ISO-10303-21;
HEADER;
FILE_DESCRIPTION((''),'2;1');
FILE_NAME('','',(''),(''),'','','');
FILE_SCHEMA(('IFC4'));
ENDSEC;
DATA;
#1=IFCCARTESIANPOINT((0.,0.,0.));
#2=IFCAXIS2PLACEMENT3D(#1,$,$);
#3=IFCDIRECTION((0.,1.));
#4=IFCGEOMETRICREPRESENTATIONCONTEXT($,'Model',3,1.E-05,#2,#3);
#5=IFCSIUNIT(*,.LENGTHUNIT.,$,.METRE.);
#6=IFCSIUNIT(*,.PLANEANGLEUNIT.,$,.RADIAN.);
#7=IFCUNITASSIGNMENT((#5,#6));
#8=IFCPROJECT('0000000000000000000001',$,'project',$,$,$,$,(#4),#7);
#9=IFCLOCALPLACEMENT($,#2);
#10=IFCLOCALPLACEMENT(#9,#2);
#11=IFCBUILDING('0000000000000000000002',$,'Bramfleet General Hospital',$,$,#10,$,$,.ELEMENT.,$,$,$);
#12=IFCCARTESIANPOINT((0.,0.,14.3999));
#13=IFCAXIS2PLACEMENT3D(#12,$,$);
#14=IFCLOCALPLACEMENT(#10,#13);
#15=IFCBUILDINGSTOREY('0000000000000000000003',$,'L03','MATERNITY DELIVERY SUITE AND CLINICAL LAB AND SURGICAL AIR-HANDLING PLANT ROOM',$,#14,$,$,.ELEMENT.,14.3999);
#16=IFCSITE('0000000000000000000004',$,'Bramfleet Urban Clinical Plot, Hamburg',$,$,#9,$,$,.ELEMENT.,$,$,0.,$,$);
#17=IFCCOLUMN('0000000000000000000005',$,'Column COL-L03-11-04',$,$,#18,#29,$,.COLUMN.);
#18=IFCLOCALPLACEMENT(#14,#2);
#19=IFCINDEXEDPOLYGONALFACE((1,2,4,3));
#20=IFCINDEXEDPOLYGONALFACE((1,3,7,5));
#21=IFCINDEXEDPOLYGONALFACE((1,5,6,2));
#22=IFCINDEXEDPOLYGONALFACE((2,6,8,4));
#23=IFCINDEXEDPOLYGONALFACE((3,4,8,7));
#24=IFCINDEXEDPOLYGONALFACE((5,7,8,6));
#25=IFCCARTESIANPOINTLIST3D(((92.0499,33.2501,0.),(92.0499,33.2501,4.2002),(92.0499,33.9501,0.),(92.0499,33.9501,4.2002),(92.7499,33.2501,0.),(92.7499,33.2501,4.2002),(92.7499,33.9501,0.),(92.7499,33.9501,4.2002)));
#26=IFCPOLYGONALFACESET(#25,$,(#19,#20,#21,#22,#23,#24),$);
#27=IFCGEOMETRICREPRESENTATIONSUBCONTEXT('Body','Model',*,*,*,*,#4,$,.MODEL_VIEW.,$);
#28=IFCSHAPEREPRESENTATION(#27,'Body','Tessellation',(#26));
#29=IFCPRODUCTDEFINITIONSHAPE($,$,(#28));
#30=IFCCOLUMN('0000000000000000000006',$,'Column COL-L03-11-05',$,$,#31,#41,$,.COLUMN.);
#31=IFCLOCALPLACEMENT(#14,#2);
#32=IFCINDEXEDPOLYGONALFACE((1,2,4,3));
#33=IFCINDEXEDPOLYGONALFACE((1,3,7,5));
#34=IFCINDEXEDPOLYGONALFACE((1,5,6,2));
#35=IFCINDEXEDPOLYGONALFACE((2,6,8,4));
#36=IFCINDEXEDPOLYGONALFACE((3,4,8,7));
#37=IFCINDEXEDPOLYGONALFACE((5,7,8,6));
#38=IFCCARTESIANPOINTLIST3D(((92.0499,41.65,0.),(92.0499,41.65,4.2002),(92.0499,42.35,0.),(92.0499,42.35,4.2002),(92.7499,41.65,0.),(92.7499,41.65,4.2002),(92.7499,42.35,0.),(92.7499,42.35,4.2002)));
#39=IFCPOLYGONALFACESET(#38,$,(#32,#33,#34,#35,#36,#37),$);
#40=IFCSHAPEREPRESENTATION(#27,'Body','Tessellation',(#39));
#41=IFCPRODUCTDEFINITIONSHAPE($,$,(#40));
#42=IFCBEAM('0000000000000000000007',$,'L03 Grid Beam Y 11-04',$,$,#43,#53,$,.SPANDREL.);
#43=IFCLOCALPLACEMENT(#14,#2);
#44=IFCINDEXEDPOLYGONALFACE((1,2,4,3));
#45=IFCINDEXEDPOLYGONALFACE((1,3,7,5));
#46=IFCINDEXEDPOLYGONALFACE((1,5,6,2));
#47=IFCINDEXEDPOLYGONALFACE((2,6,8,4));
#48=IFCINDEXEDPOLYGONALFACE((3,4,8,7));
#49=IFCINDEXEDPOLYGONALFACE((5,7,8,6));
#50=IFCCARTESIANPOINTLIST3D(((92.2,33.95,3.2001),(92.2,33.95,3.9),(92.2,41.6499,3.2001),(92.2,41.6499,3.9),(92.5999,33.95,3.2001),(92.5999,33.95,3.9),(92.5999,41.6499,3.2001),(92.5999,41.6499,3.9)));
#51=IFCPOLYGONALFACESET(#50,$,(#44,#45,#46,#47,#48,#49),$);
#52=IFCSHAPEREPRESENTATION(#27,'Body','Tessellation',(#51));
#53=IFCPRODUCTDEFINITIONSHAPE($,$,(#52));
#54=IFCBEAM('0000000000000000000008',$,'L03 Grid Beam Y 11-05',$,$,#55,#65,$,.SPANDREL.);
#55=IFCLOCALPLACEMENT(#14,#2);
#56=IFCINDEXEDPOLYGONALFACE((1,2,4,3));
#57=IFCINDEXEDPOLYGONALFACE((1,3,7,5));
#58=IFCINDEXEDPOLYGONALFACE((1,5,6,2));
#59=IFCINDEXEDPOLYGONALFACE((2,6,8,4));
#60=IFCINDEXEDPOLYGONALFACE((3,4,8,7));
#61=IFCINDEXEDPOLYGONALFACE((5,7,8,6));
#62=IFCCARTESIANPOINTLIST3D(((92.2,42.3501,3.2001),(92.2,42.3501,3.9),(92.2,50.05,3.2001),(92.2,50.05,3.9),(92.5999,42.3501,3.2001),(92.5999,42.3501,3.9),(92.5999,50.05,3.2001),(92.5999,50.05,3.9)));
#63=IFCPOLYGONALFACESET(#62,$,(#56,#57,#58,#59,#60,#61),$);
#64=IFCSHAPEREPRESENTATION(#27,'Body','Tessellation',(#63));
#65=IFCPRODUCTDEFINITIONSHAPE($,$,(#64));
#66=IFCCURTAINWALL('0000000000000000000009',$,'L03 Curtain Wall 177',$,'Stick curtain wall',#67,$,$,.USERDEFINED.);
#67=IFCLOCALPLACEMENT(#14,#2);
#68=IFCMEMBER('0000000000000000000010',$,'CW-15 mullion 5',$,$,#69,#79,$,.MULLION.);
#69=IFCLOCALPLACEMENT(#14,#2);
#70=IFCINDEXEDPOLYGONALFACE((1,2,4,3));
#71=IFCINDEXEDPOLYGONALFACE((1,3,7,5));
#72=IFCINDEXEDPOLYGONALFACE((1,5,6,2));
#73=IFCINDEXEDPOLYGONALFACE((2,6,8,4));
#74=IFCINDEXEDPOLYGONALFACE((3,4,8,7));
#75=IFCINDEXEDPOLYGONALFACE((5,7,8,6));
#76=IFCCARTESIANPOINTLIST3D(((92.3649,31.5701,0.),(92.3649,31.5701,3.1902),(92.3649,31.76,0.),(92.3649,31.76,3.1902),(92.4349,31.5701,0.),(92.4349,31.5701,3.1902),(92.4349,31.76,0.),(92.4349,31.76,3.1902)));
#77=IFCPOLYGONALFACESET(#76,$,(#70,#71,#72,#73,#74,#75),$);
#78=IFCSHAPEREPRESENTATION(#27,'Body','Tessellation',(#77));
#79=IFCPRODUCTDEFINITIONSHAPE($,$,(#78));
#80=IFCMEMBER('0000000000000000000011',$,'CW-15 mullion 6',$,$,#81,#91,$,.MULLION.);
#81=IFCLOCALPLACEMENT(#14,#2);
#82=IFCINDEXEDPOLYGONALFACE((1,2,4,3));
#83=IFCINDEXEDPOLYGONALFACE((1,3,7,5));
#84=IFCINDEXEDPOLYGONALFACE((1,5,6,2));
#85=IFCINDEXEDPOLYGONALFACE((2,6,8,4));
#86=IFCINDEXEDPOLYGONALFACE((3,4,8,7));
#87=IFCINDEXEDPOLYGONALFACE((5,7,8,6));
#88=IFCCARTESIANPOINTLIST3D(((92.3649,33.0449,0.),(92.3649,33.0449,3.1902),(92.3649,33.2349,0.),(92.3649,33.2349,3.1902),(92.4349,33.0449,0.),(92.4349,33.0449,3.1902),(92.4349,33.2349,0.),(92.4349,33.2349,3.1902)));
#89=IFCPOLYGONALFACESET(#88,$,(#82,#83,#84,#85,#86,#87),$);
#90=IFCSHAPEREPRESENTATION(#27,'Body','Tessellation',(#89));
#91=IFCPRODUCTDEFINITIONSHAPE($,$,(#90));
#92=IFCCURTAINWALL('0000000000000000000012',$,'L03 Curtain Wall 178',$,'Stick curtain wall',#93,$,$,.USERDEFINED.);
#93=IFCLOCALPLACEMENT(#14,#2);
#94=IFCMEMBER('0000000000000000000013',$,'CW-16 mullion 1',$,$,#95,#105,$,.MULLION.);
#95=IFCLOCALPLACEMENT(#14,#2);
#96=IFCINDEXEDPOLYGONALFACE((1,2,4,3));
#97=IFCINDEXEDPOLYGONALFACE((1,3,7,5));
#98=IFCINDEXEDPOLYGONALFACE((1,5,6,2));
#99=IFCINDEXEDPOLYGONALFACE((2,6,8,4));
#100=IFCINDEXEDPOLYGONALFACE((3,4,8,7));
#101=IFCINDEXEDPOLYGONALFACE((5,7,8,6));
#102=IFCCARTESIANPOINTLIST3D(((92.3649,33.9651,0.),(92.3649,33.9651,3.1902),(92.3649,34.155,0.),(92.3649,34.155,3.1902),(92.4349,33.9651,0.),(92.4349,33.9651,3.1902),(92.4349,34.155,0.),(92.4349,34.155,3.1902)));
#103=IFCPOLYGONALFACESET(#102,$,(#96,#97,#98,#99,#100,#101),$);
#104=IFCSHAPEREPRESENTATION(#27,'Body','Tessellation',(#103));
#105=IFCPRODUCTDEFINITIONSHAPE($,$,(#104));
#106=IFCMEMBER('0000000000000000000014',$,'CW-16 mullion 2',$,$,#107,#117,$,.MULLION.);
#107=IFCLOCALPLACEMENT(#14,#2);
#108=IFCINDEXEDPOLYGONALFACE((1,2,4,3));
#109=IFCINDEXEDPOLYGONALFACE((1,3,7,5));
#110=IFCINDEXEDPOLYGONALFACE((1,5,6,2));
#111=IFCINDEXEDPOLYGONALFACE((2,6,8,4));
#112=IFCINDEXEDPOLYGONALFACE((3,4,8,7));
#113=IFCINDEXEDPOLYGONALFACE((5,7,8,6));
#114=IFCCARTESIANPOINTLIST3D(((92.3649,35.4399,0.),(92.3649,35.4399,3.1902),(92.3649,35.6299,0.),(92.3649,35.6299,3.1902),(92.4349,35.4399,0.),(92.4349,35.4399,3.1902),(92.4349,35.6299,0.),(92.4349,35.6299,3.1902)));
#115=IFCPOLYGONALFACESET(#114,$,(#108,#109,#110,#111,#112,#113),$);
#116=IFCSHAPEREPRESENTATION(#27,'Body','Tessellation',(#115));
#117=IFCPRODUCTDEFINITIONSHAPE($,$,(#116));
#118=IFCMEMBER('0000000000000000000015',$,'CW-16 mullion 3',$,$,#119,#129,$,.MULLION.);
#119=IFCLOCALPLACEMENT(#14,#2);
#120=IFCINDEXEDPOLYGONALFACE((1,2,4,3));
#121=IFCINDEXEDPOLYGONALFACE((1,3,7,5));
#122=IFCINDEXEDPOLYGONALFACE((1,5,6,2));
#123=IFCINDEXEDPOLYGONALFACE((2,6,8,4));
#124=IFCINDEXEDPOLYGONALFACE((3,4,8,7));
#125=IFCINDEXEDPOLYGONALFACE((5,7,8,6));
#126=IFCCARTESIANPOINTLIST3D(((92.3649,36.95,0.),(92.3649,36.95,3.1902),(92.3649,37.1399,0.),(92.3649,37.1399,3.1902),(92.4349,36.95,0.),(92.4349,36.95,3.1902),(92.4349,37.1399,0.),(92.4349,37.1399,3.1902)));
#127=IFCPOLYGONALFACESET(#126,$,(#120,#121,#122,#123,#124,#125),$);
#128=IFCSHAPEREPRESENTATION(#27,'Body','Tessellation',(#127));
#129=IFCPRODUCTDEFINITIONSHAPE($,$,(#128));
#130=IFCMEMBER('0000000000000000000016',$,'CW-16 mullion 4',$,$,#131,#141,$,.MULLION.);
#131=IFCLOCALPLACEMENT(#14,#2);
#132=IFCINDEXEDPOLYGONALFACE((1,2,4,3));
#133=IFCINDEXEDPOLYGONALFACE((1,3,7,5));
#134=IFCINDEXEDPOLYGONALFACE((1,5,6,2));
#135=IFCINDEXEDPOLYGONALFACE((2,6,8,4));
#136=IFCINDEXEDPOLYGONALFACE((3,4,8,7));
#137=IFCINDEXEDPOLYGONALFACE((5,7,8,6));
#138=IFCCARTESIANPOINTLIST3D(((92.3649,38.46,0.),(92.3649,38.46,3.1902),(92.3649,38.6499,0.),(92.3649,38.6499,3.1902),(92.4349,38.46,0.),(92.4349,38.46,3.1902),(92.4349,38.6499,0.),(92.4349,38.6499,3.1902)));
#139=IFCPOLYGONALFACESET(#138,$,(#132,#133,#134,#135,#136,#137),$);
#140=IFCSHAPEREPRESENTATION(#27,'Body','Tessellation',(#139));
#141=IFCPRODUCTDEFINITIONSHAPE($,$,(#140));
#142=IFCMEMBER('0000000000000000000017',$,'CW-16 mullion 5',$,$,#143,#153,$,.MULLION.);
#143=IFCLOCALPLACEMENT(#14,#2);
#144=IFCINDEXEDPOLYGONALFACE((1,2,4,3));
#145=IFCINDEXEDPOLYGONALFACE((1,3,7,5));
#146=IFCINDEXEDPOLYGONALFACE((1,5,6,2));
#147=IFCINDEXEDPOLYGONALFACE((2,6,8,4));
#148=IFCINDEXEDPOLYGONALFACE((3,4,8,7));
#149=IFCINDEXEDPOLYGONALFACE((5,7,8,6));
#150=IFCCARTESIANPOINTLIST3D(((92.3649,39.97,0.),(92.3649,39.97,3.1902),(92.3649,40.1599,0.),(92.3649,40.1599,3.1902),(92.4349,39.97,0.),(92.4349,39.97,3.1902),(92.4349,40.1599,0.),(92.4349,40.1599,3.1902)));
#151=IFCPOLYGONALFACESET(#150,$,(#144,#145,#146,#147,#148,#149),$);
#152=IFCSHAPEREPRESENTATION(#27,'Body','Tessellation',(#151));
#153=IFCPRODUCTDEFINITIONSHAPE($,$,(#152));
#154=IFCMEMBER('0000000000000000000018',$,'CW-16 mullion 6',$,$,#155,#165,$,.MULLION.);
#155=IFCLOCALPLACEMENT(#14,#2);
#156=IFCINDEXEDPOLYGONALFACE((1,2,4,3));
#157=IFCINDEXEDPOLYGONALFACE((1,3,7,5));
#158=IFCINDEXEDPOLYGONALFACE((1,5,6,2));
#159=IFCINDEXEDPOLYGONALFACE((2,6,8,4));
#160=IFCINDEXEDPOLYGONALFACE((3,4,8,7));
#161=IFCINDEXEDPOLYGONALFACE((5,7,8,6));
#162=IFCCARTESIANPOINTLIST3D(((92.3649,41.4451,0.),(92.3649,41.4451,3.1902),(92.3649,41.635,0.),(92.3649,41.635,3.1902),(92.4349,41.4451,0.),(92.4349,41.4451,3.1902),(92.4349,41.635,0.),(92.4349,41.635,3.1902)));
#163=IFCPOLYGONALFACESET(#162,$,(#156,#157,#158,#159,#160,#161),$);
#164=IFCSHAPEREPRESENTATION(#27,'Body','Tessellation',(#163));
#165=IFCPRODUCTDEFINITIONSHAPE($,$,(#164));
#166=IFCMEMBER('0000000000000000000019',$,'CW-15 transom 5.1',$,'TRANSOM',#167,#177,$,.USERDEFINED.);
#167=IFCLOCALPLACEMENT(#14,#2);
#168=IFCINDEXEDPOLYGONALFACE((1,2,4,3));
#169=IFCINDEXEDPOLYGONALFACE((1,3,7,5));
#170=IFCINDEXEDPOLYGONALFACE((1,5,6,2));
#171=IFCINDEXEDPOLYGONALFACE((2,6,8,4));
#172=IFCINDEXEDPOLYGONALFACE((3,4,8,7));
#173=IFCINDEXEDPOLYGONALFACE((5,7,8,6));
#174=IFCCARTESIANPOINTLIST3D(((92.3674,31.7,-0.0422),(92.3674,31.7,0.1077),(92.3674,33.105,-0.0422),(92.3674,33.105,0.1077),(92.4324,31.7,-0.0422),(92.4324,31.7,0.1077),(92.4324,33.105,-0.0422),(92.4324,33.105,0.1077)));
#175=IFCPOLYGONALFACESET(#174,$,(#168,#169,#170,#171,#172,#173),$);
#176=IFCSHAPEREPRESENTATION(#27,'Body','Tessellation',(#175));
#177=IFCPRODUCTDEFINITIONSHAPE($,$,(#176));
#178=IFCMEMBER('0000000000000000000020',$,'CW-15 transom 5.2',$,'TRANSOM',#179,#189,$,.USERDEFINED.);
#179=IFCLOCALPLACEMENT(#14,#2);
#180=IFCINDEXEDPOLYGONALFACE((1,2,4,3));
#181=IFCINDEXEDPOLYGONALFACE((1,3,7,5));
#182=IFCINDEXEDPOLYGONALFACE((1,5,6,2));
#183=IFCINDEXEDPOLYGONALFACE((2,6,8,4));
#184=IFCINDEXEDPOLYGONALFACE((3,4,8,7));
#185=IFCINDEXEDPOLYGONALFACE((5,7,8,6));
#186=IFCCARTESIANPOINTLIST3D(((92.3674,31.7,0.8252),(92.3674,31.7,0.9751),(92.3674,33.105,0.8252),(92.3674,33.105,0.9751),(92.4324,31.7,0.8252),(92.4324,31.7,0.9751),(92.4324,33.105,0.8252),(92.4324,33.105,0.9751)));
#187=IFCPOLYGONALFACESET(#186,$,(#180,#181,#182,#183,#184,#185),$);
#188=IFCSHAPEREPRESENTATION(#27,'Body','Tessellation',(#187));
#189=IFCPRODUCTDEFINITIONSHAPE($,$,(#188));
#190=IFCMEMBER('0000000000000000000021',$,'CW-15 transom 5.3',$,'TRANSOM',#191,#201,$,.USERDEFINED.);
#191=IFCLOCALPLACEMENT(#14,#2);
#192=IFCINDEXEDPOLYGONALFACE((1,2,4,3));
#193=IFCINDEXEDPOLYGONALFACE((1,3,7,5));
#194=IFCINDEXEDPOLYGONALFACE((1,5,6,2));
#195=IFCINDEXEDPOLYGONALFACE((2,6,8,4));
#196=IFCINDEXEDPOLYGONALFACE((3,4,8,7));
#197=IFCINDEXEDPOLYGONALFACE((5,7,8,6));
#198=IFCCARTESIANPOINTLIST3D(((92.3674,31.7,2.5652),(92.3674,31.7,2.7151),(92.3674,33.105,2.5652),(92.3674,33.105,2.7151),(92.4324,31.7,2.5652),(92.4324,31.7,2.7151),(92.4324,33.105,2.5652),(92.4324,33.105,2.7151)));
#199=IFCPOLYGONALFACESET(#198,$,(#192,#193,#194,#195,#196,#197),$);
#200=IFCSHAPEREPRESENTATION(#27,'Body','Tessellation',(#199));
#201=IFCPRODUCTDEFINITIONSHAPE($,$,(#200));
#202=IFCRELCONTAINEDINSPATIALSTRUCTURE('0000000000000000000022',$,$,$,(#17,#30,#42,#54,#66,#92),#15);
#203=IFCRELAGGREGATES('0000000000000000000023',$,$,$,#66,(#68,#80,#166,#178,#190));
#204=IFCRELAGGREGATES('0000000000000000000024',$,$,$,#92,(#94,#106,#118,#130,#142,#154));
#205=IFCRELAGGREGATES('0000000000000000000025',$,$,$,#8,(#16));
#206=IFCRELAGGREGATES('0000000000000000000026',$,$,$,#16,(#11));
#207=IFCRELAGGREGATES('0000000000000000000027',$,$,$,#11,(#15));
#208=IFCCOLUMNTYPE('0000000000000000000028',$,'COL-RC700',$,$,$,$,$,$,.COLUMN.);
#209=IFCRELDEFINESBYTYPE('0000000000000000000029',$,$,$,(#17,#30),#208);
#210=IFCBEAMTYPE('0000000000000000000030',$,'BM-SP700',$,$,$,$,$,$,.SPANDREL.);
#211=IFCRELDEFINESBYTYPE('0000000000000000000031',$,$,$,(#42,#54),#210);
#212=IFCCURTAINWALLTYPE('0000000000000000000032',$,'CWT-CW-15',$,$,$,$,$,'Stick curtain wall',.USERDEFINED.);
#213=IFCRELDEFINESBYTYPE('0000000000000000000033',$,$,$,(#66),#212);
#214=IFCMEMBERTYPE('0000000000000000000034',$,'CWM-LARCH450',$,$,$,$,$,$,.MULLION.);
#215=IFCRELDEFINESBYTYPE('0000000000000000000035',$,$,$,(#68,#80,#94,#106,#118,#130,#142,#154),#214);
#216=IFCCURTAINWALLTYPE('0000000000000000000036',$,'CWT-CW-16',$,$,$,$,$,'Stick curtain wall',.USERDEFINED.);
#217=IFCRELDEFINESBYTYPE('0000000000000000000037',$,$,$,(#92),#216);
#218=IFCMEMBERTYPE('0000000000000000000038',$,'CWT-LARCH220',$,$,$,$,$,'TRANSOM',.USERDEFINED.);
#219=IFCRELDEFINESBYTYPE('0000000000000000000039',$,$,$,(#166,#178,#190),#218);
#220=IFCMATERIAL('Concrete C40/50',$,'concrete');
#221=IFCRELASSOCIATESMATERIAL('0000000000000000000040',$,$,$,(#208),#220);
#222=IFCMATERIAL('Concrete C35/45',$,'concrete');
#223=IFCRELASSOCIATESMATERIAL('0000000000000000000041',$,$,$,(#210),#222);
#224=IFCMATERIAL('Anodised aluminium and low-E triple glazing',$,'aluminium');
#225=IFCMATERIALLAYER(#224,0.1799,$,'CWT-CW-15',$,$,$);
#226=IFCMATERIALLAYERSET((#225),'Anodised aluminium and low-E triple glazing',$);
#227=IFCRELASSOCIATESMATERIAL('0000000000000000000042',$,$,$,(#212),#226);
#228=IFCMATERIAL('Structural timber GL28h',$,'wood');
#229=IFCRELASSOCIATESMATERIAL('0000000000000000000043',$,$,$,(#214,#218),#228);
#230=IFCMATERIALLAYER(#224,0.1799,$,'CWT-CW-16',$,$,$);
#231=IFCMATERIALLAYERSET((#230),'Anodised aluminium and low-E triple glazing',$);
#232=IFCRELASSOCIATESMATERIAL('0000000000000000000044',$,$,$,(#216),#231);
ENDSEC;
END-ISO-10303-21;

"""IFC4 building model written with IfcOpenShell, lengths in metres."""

from ifc_helpers import new_model, si_unit, direction, frame, origin, origin_2d, place, context, subcontext, project, spatial, rectangle, extrude, material, layer, layer_set, material_profile, profile_set, type_object, element, aggregate, save


model = new_model("IFC4")

# Units and contexts
model_context = context("Model", 3, precision=1e-05, world=origin(), true_north=direction((0.0, 1.0)))
body_context = subcontext(model_context, "Body", "Model", "MODEL_VIEW")
ifc_project = project(units=[si_unit("LENGTHUNIT", "METRE"), si_unit("PLANEANGLEUNIT", "RADIAN")], contexts=[model_context])

# Site, building, storey
site_placement = place(None, origin())
site = spatial("IfcSite", under=ifc_project, at=site_placement, Name="Bramfleet Urban Clinical Plot, Hamburg", CompositionType="ELEMENT", RefElevation=0.0)
building_placement = place(site_placement, origin())
building = spatial("IfcBuilding", under=site, at=building_placement, Name="Bramfleet General Hospital", CompositionType="ELEMENT")
storey_placement = place(building_placement, frame((0.0, 0.0, 14.3999)))
storey = spatial("IfcBuildingStorey", under=building, at=storey_placement, Name="L03", Description="MATERNITY DELIVERY SUITE AND CLINICAL LAB AND SURGICAL AIR-HANDLING PLANT ROOM", CompositionType="ELEMENT", Elevation=14.3999)

# Columns
ifc_material_1 = material(Name="Concrete C40/50", Category="concrete")
ifc_material_profile_1 = material_profile(ifc_material_1, rectangle(XDim=0.7, YDim=0.7, at=origin_2d()), Name="RC COL 700x700")
ifc_profile_set_1 = profile_set([ifc_material_profile_1], Name="Concrete C40/50")
column_type = type_object("IfcColumnType", Name="COL-RC700", PredefinedType="COLUMN", material=ifc_profile_set_1)
for number, where, z_axis, x_axis, name in (
    (1, (92.3999, 33.6001, 0.0), (0.0, 0.0, 1.0), (1.0, 0.0, 0.0), "Column COL-L03-11-04"),
    (2, (92.3999, 42.0, 0.0), (0.0, 0.0, 1.0), (1.0, 0.0, 0.0), "Column COL-L03-11-05"),
):
    element("IfcColumn", number, at=place(storey_placement, frame(where, z_axis=z_axis, x_axis=x_axis)), inside=storey, type_object=column_type, Name=name, PredefinedType="COLUMN", context=body_context, shape_type="SweptSolid", body=[
        extrude(rectangle(XDim=0.7, YDim=0.7, at=origin_2d()), origin(), (0.0, 0.0, 1.0), 4.2002),
    ])

# Beams
ifc_material_2 = material(Name="Concrete C35/45", Category="concrete")
ifc_material_profile_2 = material_profile(ifc_material_2, rectangle(XDim=0.3999, YDim=0.7, at=origin_2d()), Name="RC SP 700x400")
ifc_profile_set_2 = profile_set([ifc_material_profile_2], Name="Concrete C35/45")
beam_type = type_object("IfcBeamType", Name="BM-SP700", PredefinedType="SPANDREL", material=ifc_profile_set_2)
for number, where, z_axis, x_axis, name in (
    (3, (92.3999, 33.95, 3.55), (0.0, 1.0, 0.0), (-1.0, 0.0, 0.0), "L03 Grid Beam Y 11-04"),
    (4, (92.3999, 42.3501, 3.55), (0.0, 1.0, 0.0), (-1.0, 0.0, 0.0), "L03 Grid Beam Y 11-05"),
):
    element("IfcBeam", number, at=place(storey_placement, frame(where, z_axis=z_axis, x_axis=x_axis)), inside=storey, type_object=beam_type, Name=name, PredefinedType="SPANDREL", context=body_context, shape_type="SweptSolid", body=[
        extrude(rectangle(XDim=0.3999, YDim=0.7, at=origin_2d()), origin(), (0.0, 0.0, 1.0), 7.7),
    ])

# Curtain walls, members
ifc_material_3 = material(Name="Anodised aluminium and low-E triple glazing", Category="aluminium")
ifc_layer_1 = layer(ifc_material_3, 0.1799, Name="CWT-CW-15")
ifc_layer_set_1 = layer_set([ifc_layer_1], Name="Anodised aluminium and low-E triple glazing")
curtain_wall_type_1 = type_object("IfcCurtainWallType", Name="CWT-CW-15", ElementType="Stick curtain wall", PredefinedType="USERDEFINED", material=ifc_layer_set_1)
curtain_wall_1_placement = place(storey_placement, origin())
curtain_wall_1 = element("IfcCurtainWall", 5, at=curtain_wall_1_placement, inside=storey, type_object=curtain_wall_type_1, Name="L03 Curtain Wall 177", ObjectType="Stick curtain wall", PredefinedType="USERDEFINED")
ifc_material_4 = material(Name="Structural timber GL28h", Category="wood")
ifc_material_profile_3 = material_profile(ifc_material_4, rectangle(XDim=0.0701, YDim=0.1899, at=origin_2d()), Name="LARCH 190x70")
ifc_profile_set_3 = profile_set([ifc_material_profile_3], Name="Structural timber GL28h")
member_type_1 = type_object("IfcMemberType", Name="CWM-LARCH450", PredefinedType="MULLION", material=ifc_profile_set_3)
member_1_placement = place(storey_placement, frame((92.3999, 31.665, 0.0), z_axis=(0.0, 0.0, 1.0), x_axis=(-1.0, 0.0, 0.0)))
member_1 = element("IfcMember", 6, at=member_1_placement, type_object=member_type_1, Name="CW-15 mullion 5", PredefinedType="MULLION", context=body_context, shape_type="SweptSolid", body=[
    extrude(rectangle(XDim=0.0701, YDim=0.1899, at=origin_2d()), origin(), (0.0, 0.0, 1.0), 3.1902),
])
member_2_placement = place(storey_placement, frame((92.3999, 33.1399, 0.0), z_axis=(0.0, 0.0, 1.0), x_axis=(-1.0, 0.0, 0.0)))
member_2 = element("IfcMember", 7, at=member_2_placement, type_object=member_type_1, Name="CW-15 mullion 6", PredefinedType="MULLION", context=body_context, shape_type="SweptSolid", body=[
    extrude(rectangle(XDim=0.0701, YDim=0.1899, at=origin_2d()), origin(), (0.0, 0.0, 1.0), 3.1902),
])
ifc_layer_2 = layer(ifc_material_3, 0.1799, Name="CWT-CW-16")
ifc_layer_set_2 = layer_set([ifc_layer_2], Name="Anodised aluminium and low-E triple glazing")
curtain_wall_type_2 = type_object("IfcCurtainWallType", Name="CWT-CW-16", ElementType="Stick curtain wall", PredefinedType="USERDEFINED", material=ifc_layer_set_2)
curtain_wall_2_placement = place(storey_placement, origin())
curtain_wall_2 = element("IfcCurtainWall", 8, at=curtain_wall_2_placement, inside=storey, type_object=curtain_wall_type_2, Name="L03 Curtain Wall 178", ObjectType="Stick curtain wall", PredefinedType="USERDEFINED")
member_3_placement = place(storey_placement, frame((92.3999, 34.0601, 0.0), z_axis=(0.0, 0.0, 1.0), x_axis=(-1.0, 0.0, 0.0)))
member_3 = element("IfcMember", 9, at=member_3_placement, type_object=member_type_1, Name="CW-16 mullion 1", PredefinedType="MULLION", context=body_context, shape_type="SweptSolid", body=[
    extrude(rectangle(XDim=0.0701, YDim=0.1899, at=origin_2d()), origin(), (0.0, 0.0, 1.0), 3.1902),
])
member_4_placement = place(storey_placement, frame((92.3999, 35.5349, 0.0), z_axis=(0.0, 0.0, 1.0), x_axis=(-1.0, 0.0, 0.0)))
member_4 = element("IfcMember", 10, at=member_4_placement, type_object=member_type_1, Name="CW-16 mullion 2", PredefinedType="MULLION", context=body_context, shape_type="SweptSolid", body=[
    extrude(rectangle(XDim=0.0701, YDim=0.1899, at=origin_2d()), origin(), (0.0, 0.0, 1.0), 3.1902),
])
member_5_placement = place(storey_placement, frame((92.3999, 37.0449, 0.0), z_axis=(0.0, 0.0, 1.0), x_axis=(-1.0, 0.0, 0.0)))
member_5 = element("IfcMember", 11, at=member_5_placement, type_object=member_type_1, Name="CW-16 mullion 3", PredefinedType="MULLION", context=body_context, shape_type="SweptSolid", body=[
    extrude(rectangle(XDim=0.0701, YDim=0.1899, at=origin_2d()), origin(), (0.0, 0.0, 1.0), 3.1902),
])
member_6_placement = place(storey_placement, frame((92.3999, 38.5549, 0.0), z_axis=(0.0, 0.0, 1.0), x_axis=(-1.0, 0.0, 0.0)))
member_6 = element("IfcMember", 12, at=member_6_placement, type_object=member_type_1, Name="CW-16 mullion 4", PredefinedType="MULLION", context=body_context, shape_type="SweptSolid", body=[
    extrude(rectangle(XDim=0.0701, YDim=0.1899, at=origin_2d()), origin(), (0.0, 0.0, 1.0), 3.1902),
])
member_7_placement = place(storey_placement, frame((92.3999, 40.0649, 0.0), z_axis=(0.0, 0.0, 1.0), x_axis=(-1.0, 0.0, 0.0)))
member_7 = element("IfcMember", 13, at=member_7_placement, type_object=member_type_1, Name="CW-16 mullion 5", PredefinedType="MULLION", context=body_context, shape_type="SweptSolid", body=[
    extrude(rectangle(XDim=0.0701, YDim=0.1899, at=origin_2d()), origin(), (0.0, 0.0, 1.0), 3.1902),
])
member_8_placement = place(storey_placement, frame((92.3999, 41.54, 0.0), z_axis=(0.0, 0.0, 1.0), x_axis=(-1.0, 0.0, 0.0)))
member_8 = element("IfcMember", 14, at=member_8_placement, type_object=member_type_1, Name="CW-16 mullion 6", PredefinedType="MULLION", context=body_context, shape_type="SweptSolid", body=[
    extrude(rectangle(XDim=0.0701, YDim=0.1899, at=origin_2d()), origin(), (0.0, 0.0, 1.0), 3.1902),
])

# Members
ifc_material_profile_4 = material_profile(ifc_material_4, rectangle(XDim=0.0649, YDim=0.1499, at=origin_2d()), Name="LARCH 150x65")
ifc_profile_set_4 = profile_set([ifc_material_profile_4], Name="Structural timber GL28h")
member_type_2 = type_object("IfcMemberType", Name="CWT-LARCH220", ElementType="TRANSOM", PredefinedType="USERDEFINED", material=ifc_profile_set_4)
member_9_placement = place(storey_placement, frame((92.3999, 31.7, 0.0327), z_axis=(0.0, 1.0, 0.0), x_axis=(-1.0, 0.0, 0.0)))
member_9 = element("IfcMember", 15, at=member_9_placement, type_object=member_type_2, Name="CW-15 transom 5.1", ObjectType="TRANSOM", PredefinedType="USERDEFINED", context=body_context, shape_type="SweptSolid", body=[
    extrude(rectangle(XDim=0.0649, YDim=0.1499, at=origin_2d()), origin(), (0.0, 0.0, 1.0), 1.405),
])
member_10_placement = place(storey_placement, frame((92.3999, 31.7, 0.9001), z_axis=(0.0, 1.0, 0.0), x_axis=(-1.0, 0.0, 0.0)))
member_10 = element("IfcMember", 16, at=member_10_placement, type_object=member_type_2, Name="CW-15 transom 5.2", ObjectType="TRANSOM", PredefinedType="USERDEFINED", context=body_context, shape_type="SweptSolid", body=[
    extrude(rectangle(XDim=0.0649, YDim=0.1499, at=origin_2d()), origin(), (0.0, 0.0, 1.0), 1.405),
])
member_11_placement = place(storey_placement, frame((92.3999, 31.7, 2.6401), z_axis=(0.0, 1.0, 0.0), x_axis=(-1.0, 0.0, 0.0)))
member_11 = element("IfcMember", 17, at=member_11_placement, type_object=member_type_2, Name="CW-15 transom 5.3", ObjectType="TRANSOM", PredefinedType="USERDEFINED", context=body_context, shape_type="SweptSolid", body=[
    extrude(rectangle(XDim=0.0649, YDim=0.1499, at=origin_2d()), origin(), (0.0, 0.0, 1.0), 1.405),
])

aggregate(curtain_wall_1, [member_1, member_2, member_9, member_10, member_11])
aggregate(curtain_wall_2, [member_3, member_4, member_5, member_6, member_7, member_8])

save(model, "model.ifc")
